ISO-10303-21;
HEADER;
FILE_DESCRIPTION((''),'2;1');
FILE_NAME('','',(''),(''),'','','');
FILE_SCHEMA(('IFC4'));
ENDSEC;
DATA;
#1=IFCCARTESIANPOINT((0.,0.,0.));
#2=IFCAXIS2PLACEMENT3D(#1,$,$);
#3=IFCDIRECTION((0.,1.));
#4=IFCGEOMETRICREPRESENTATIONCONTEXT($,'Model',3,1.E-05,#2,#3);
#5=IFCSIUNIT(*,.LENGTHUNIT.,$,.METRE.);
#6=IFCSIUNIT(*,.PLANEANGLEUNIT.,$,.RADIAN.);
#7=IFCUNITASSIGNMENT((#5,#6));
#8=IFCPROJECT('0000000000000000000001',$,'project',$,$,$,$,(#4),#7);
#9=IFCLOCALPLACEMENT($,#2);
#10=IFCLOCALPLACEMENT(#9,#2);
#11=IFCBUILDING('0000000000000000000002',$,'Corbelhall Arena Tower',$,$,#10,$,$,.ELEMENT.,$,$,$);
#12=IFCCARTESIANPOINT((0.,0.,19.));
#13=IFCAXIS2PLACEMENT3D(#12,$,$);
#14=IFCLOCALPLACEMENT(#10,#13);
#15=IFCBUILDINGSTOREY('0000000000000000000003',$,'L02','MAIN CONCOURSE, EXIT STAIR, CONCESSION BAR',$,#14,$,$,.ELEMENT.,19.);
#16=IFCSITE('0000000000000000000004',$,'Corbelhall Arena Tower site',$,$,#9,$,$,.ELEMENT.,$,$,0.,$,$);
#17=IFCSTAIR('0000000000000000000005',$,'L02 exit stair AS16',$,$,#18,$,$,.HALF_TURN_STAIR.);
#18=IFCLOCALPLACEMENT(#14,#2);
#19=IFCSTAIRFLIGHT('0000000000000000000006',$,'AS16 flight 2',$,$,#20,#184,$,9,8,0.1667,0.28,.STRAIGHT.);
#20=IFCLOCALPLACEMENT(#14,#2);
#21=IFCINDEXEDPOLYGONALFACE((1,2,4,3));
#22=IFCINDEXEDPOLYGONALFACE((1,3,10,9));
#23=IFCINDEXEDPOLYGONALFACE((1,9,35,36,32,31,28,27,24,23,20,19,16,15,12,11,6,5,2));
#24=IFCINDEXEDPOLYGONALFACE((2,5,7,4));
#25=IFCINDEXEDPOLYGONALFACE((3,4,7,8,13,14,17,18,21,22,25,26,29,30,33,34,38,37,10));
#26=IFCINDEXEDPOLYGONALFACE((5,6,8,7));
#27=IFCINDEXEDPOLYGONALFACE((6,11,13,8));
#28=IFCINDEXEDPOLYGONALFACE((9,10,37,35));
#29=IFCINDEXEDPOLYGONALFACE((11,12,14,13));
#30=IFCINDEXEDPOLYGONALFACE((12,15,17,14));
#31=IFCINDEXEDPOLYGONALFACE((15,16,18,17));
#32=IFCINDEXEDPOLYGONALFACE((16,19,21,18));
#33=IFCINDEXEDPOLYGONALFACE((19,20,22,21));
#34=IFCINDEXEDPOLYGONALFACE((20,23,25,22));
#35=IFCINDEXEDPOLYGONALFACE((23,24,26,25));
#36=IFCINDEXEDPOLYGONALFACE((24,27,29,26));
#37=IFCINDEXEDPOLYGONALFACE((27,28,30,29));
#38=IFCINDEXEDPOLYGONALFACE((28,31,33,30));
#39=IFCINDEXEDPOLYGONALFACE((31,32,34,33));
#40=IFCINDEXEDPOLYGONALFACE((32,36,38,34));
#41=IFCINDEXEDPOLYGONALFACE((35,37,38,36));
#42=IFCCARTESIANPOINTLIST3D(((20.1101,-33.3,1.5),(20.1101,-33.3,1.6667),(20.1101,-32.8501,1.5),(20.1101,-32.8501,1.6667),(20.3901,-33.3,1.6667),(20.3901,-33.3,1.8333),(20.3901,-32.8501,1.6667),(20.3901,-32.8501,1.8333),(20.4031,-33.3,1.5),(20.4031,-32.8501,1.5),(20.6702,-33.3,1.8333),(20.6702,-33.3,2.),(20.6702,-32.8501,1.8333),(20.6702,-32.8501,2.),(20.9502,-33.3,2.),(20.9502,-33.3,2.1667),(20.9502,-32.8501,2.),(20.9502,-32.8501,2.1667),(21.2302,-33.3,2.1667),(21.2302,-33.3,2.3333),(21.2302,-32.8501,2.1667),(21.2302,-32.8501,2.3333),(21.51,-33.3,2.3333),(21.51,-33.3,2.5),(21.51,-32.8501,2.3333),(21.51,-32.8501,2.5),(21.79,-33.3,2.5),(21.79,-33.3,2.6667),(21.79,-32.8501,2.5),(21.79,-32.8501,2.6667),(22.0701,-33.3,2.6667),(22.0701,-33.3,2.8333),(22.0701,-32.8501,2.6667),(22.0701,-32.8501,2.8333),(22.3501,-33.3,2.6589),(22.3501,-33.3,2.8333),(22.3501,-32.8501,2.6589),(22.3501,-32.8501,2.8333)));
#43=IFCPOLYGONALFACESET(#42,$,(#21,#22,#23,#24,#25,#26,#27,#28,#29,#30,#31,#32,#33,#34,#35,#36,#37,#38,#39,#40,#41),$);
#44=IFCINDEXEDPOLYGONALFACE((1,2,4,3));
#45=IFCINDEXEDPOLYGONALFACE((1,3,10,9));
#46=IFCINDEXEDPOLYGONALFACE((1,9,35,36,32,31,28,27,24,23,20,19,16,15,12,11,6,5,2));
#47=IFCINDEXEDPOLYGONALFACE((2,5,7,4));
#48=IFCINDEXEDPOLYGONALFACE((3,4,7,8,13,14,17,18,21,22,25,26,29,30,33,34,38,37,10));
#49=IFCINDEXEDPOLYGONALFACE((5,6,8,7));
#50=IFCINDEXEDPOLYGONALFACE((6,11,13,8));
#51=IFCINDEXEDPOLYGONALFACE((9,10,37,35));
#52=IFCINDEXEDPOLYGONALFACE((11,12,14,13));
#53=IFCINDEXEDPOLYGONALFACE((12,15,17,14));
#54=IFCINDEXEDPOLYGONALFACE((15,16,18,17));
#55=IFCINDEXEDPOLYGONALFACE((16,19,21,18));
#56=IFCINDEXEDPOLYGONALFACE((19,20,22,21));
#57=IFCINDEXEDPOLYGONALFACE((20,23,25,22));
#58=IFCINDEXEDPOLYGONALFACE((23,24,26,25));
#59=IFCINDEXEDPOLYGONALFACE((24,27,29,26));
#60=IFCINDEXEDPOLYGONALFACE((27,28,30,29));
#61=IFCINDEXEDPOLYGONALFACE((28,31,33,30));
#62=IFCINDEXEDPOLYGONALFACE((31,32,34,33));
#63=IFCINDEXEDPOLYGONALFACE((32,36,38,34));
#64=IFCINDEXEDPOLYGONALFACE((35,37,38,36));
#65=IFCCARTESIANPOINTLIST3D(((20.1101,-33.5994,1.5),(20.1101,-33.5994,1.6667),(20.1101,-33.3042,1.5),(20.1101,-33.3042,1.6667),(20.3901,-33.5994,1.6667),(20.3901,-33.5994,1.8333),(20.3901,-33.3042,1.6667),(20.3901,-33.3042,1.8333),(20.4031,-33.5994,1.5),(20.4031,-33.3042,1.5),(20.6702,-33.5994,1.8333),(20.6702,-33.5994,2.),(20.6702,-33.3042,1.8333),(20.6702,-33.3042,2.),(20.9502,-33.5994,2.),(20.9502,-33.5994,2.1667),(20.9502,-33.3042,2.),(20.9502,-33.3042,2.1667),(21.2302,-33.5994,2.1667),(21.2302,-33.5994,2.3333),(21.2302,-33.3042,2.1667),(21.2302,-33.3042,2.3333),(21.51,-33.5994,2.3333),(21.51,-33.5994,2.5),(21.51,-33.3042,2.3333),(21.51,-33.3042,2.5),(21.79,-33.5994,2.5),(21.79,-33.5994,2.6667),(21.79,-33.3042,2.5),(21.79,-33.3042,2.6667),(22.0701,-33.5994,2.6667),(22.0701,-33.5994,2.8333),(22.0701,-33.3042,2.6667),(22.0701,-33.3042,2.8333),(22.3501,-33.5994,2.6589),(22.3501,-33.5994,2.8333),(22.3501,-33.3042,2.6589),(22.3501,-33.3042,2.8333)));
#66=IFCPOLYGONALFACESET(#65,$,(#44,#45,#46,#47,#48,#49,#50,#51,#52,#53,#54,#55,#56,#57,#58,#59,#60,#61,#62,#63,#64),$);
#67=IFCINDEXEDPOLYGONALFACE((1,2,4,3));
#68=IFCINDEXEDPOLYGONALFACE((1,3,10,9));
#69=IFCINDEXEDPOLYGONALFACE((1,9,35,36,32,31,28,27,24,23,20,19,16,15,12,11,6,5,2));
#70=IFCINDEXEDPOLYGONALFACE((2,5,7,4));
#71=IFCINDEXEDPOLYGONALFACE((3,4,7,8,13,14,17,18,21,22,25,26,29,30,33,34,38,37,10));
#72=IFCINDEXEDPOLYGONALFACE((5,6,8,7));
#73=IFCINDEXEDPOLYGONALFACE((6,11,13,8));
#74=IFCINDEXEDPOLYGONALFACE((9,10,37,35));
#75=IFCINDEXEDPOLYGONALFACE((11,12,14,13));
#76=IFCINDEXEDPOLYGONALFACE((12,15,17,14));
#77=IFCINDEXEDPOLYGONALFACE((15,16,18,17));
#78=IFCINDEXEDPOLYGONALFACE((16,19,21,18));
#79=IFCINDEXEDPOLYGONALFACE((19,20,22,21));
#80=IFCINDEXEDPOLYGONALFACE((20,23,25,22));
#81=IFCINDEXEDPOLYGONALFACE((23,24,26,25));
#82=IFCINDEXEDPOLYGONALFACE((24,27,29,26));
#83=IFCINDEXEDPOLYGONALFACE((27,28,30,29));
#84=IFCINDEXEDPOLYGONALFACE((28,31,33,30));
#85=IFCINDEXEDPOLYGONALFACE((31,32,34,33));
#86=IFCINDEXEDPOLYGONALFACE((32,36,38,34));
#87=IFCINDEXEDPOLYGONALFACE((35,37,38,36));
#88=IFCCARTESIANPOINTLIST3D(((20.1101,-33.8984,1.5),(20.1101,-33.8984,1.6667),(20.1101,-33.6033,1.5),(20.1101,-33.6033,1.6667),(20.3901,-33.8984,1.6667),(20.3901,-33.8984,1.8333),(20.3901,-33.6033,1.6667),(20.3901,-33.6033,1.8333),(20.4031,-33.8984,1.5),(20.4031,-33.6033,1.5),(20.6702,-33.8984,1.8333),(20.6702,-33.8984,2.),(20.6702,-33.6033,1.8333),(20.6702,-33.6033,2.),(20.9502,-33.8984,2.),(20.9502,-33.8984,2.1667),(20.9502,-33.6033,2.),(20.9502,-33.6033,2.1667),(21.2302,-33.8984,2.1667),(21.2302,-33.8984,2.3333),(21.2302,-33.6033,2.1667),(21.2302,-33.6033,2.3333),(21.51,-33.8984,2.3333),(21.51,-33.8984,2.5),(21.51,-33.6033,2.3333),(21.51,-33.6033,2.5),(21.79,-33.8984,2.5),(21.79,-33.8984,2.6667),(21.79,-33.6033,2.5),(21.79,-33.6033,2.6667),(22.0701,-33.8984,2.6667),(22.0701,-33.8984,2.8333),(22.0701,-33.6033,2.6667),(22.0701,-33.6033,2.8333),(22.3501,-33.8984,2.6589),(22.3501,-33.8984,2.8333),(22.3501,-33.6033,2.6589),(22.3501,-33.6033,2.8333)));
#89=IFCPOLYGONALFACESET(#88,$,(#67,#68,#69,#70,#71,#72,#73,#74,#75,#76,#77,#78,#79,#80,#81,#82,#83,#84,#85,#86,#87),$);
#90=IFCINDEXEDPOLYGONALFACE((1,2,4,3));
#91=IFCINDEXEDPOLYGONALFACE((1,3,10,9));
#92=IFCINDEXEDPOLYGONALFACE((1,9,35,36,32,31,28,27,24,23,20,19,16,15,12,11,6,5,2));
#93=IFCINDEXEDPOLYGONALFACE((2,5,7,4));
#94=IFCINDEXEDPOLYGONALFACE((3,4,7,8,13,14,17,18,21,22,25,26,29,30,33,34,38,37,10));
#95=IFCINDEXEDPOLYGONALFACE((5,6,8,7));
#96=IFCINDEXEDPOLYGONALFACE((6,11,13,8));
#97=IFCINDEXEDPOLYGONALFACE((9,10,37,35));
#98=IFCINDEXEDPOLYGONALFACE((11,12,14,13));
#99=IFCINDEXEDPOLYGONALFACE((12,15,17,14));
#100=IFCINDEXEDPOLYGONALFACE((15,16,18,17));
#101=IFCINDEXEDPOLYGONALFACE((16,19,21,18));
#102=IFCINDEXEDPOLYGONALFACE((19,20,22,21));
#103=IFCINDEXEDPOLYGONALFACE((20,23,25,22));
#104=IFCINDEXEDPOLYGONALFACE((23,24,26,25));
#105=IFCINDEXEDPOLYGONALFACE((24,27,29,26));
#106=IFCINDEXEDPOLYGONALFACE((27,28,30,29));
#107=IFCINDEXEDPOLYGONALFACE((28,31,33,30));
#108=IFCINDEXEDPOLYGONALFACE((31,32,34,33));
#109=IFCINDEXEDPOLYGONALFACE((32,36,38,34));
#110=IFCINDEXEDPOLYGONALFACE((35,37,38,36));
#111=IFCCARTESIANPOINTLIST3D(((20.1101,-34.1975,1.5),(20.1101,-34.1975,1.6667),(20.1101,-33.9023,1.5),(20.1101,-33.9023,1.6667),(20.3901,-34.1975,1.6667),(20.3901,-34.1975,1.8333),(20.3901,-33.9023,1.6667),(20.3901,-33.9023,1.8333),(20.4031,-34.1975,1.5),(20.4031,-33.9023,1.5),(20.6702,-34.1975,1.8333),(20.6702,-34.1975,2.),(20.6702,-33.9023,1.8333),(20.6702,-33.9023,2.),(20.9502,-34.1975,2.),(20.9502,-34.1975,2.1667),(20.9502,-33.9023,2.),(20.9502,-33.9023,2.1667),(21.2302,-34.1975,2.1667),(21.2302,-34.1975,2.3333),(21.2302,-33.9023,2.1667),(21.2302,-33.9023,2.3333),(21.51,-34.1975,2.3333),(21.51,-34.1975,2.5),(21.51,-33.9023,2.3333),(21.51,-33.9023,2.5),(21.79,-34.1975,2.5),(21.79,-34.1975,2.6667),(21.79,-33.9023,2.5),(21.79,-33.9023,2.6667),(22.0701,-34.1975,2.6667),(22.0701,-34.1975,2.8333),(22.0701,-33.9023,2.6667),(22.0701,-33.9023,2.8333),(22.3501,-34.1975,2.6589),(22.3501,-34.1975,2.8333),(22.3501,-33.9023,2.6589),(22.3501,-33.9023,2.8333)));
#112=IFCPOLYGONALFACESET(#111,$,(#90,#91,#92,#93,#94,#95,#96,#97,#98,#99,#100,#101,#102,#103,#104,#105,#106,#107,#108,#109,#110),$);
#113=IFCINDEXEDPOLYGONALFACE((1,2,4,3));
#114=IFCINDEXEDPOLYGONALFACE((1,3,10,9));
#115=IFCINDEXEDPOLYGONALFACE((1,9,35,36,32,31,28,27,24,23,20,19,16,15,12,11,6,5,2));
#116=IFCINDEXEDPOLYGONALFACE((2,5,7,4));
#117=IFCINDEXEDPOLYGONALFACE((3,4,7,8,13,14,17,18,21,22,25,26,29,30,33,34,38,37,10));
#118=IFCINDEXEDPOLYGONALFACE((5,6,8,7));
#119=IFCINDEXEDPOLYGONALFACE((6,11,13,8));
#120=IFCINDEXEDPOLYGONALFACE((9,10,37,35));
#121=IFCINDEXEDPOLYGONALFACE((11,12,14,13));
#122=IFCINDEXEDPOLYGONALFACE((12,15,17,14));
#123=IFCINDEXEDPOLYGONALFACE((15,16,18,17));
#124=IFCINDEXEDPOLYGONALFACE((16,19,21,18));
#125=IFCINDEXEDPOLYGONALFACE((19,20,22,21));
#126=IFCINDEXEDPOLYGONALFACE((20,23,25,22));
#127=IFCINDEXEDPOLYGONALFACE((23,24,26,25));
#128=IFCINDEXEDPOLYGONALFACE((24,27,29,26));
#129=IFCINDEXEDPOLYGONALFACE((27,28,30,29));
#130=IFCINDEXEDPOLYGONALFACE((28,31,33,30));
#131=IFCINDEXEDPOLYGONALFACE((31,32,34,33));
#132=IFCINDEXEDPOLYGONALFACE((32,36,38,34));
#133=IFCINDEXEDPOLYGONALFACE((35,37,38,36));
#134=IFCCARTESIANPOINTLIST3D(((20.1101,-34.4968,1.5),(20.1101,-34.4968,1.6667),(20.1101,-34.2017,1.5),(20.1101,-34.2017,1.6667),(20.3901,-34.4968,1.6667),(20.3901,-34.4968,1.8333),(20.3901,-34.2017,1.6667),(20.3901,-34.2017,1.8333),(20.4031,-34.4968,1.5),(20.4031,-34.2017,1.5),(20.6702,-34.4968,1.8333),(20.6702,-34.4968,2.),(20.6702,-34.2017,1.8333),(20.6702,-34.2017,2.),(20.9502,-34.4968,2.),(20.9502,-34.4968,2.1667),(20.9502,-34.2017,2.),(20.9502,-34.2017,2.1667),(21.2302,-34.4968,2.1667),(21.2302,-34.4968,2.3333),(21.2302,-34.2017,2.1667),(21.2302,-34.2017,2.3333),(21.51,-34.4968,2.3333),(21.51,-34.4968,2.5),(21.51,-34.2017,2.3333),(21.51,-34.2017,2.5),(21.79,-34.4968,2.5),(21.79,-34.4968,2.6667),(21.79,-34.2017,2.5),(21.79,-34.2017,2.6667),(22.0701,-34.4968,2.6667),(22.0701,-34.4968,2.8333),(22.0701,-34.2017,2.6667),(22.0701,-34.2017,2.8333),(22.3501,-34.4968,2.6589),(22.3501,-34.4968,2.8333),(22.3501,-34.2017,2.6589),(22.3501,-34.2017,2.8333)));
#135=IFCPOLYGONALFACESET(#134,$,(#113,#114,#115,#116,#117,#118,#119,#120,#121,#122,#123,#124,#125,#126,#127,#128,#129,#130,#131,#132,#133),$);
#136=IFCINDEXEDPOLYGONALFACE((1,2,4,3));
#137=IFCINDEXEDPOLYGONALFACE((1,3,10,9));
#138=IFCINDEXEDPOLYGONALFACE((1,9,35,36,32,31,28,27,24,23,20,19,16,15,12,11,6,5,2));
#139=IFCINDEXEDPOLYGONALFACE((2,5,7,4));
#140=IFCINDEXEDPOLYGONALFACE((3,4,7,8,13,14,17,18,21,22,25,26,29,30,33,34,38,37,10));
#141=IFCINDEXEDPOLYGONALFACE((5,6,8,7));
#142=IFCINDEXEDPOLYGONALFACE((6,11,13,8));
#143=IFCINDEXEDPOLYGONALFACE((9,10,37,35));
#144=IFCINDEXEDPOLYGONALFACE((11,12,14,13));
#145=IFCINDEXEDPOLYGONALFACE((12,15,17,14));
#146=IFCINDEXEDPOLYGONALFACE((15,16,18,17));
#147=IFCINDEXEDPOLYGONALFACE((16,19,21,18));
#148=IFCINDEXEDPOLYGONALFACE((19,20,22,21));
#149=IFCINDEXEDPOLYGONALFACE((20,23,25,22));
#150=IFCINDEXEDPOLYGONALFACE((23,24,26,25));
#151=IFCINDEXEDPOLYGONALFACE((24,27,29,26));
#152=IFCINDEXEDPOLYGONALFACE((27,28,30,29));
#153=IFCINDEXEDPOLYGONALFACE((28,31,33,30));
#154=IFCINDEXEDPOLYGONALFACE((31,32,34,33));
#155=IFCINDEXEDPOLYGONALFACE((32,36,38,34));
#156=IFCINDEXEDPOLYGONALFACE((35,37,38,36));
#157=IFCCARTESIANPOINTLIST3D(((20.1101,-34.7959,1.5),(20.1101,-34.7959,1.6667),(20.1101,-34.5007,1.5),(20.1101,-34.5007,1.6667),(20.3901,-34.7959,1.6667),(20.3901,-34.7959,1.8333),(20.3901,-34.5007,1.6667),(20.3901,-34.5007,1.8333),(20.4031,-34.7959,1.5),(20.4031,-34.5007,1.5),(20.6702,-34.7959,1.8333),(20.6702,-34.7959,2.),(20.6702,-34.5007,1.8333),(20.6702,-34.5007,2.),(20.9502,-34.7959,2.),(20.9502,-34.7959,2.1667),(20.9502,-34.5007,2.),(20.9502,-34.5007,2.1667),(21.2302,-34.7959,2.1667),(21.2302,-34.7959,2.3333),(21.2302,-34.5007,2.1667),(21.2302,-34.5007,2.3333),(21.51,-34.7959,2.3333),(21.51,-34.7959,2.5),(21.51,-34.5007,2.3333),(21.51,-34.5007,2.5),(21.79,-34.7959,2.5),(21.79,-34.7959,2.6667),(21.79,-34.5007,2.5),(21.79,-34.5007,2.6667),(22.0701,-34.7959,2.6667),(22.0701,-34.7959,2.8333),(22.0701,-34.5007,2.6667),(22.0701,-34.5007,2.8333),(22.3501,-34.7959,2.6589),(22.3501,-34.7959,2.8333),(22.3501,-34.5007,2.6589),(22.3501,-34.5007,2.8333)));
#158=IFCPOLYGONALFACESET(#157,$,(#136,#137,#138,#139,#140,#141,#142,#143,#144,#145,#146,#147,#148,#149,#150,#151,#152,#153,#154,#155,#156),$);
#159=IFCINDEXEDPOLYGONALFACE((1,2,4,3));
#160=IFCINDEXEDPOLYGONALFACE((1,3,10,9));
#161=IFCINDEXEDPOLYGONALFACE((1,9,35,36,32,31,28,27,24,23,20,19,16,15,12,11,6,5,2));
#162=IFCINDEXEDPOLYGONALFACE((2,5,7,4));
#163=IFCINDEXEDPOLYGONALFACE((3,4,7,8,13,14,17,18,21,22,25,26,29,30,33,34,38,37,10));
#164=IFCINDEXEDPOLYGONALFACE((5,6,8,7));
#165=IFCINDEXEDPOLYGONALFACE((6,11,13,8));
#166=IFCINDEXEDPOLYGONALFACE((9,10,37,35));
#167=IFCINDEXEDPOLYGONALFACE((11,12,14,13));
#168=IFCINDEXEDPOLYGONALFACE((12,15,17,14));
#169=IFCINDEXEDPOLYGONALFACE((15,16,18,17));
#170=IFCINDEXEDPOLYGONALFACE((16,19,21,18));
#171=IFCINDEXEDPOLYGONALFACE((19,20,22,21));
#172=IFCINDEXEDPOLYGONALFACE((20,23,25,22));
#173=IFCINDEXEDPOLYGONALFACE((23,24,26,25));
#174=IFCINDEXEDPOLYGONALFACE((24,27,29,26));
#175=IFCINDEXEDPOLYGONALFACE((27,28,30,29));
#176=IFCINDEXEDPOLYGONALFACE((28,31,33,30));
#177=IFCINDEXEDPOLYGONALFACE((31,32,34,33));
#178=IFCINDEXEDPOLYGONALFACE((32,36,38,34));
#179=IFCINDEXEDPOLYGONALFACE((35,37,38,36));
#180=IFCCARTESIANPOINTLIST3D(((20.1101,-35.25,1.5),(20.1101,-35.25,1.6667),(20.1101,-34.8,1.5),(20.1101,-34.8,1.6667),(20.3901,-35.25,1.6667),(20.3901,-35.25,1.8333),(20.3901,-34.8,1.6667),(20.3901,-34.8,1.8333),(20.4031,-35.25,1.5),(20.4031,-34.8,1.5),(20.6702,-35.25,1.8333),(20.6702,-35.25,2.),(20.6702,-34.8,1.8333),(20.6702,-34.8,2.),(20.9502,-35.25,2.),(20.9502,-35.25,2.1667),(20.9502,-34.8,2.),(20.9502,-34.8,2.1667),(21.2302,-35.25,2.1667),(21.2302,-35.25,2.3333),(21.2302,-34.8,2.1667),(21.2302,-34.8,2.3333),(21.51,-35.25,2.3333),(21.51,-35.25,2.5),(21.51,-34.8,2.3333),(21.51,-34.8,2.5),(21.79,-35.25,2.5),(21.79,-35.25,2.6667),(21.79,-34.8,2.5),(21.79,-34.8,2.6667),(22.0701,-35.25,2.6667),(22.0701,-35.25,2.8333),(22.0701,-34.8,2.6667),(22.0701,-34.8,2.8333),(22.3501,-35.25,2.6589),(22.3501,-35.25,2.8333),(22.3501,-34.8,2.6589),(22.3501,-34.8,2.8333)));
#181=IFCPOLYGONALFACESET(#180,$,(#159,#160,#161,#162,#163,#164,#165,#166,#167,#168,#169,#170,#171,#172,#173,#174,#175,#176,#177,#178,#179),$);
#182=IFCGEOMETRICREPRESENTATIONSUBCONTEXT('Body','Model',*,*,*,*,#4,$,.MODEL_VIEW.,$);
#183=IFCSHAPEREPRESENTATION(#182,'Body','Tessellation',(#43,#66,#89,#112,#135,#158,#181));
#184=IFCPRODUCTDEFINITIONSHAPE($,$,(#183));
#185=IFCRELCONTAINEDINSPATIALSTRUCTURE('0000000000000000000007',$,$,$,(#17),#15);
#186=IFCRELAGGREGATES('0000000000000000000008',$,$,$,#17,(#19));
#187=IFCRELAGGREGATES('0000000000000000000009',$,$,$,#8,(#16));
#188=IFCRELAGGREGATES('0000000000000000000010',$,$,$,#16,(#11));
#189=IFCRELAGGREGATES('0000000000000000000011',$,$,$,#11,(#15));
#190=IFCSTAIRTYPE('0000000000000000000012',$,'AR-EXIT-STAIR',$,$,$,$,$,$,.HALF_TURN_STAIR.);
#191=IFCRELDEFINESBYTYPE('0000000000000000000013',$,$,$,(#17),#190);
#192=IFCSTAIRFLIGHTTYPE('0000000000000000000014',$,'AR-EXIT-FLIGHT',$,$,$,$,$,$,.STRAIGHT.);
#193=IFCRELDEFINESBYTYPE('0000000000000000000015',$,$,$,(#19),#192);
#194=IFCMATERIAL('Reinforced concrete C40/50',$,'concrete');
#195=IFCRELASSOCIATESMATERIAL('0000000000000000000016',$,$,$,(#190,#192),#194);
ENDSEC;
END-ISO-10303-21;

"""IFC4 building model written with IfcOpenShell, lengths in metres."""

from ifc_helpers import new_model, si_unit, direction, frame, origin, place, context, subcontext, project, spatial, polyline, outline, extrude, material, type_object, element, aggregate, save


model = new_model("IFC4")

# Units and contexts
model_context = context("Model", 3, precision=1e-05, world=origin(), true_north=direction((0.0, 1.0)))
body_context = subcontext(model_context, "Body", "Model", "MODEL_VIEW")
ifc_project = project(units=[si_unit("LENGTHUNIT", "METRE"), si_unit("PLANEANGLEUNIT", "RADIAN")], contexts=[model_context])

# Site, building, storey
site_placement = place(None, origin())
site = spatial("IfcSite", under=ifc_project, at=site_placement, Name="Corbelhall Arena Tower site", CompositionType="ELEMENT", RefElevation=0.0)
building_placement = place(site_placement, origin())
building = spatial("IfcBuilding", under=site, at=building_placement, Name="Corbelhall Arena Tower", CompositionType="ELEMENT")
storey_placement = place(building_placement, frame((0.0, 0.0, 19.0)))
storey = spatial("IfcBuildingStorey", under=building, at=storey_placement, Name="L02", Description="MAIN CONCOURSE, EXIT STAIR, CONCESSION BAR", CompositionType="ELEMENT", Elevation=19.0)

# Shared definitions
ifc_material_1 = material(Name="Reinforced concrete C40/50", Category="concrete")

# Stair, stair flight
stair_type = type_object("IfcStairType", Name="AR-EXIT-STAIR", PredefinedType="HALF_TURN_STAIR", material=ifc_material_1)
stair_flight_type = type_object("IfcStairFlightType", Name="AR-EXIT-FLIGHT", PredefinedType="STRAIGHT", material=ifc_material_1)
stair_1_placement = place(storey_placement, origin())
stair_1 = element("IfcStair", 1, at=stair_1_placement, inside=storey, type_object=stair_type, Name="L02 exit stair AS16", PredefinedType="HALF_TURN_STAIR")
stair_flight_1_placement = place(storey_placement, frame((20.1101, -34.05, 1.5), z_axis=(0.0, 0.0, 1.0), x_axis=(1.0, 0.0, 0.0)))
stair_flight_1 = element("IfcStairFlight", 2, at=stair_flight_1_placement, type_object=stair_flight_type, Name="AS16 flight 2", NumberOfRisers=9, NumberOfTreads=8, PredefinedType="STRAIGHT", RiserHeight=0.1667, TreadLength=0.28, context=body_context, shape_type="SweptSolid", body=[
    extrude(outline(polyline([(0.0, 0.0), (0.0, 0.1667), (0.28, 0.1667), (0.28, 0.3333), (0.5601, 0.3333), (0.5601, 0.5), (0.8401, 0.5), (0.8401, 0.6667), (1.1201, 0.6667), (1.1201, 0.8333), (1.3999, 0.8333), (1.3999, 1.0), (1.6799, 1.0), (1.6799, 1.1667), (1.96, 1.1667), (1.96, 1.3333), (2.24, 1.3333), (2.24, 1.5), (2.24, 1.1589), (0.293, 0.0), (0.0, 0.0)])), frame((0.0, 1.2, 0.0), z_axis=(0.0, -1.0, 0.0), x_axis=(1.0, 0.0, 0.0)), (0.0, 0.0, 1.0), 0.45),
    extrude(outline(polyline([(0.0, 0.0), (0.0, 0.1667), (0.28, 0.1667), (0.28, 0.3333), (0.5601, 0.3333), (0.5601, 0.5), (0.8401, 0.5), (0.8401, 0.6667), (1.1201, 0.6667), (1.1201, 0.8333), (1.3999, 0.8333), (1.3999, 1.0), (1.6799, 1.0), (1.6799, 1.1667), (1.96, 1.1667), (1.96, 1.3333), (2.24, 1.3333), (2.24, 1.5), (2.24, 1.1589), (0.293, 0.0), (0.0, 0.0)])), frame((0.0, 0.7458, 0.0), z_axis=(0.0, -1.0, 0.0), x_axis=(1.0, 0.0, 0.0)), (0.0, 0.0, 1.0), 0.2952),
    extrude(outline(polyline([(0.0, 0.0), (0.0, 0.1667), (0.28, 0.1667), (0.28, 0.3333), (0.5601, 0.3333), (0.5601, 0.5), (0.8401, 0.5), (0.8401, 0.6667), (1.1201, 0.6667), (1.1201, 0.8333), (1.3999, 0.8333), (1.3999, 1.0), (1.6799, 1.0), (1.6799, 1.1667), (1.96, 1.1667), (1.96, 1.3333), (2.24, 1.3333), (2.24, 1.5), (2.24, 1.1589), (0.293, 0.0), (0.0, 0.0)])), frame((0.0, 0.4468, 0.0), z_axis=(0.0, -1.0, 0.0), x_axis=(1.0, 0.0, 0.0)), (0.0, 0.0, 1.0), 0.2952),
    extrude(outline(polyline([(0.0, 0.0), (0.0, 0.1667), (0.28, 0.1667), (0.28, 0.3333), (0.5601, 0.3333), (0.5601, 0.5), (0.8401, 0.5), (0.8401, 0.6667), (1.1201, 0.6667), (1.1201, 0.8333), (1.3999, 0.8333), (1.3999, 1.0), (1.6799, 1.0), (1.6799, 1.1667), (1.96, 1.1667), (1.96, 1.3333), (2.24, 1.3333), (2.24, 1.5), (2.24, 1.1589), (0.293, 0.0), (0.0, 0.0)])), frame((0.0, 0.1477, 0.0), z_axis=(0.0, -1.0, 0.0), x_axis=(1.0, 0.0, 0.0)), (0.0, 0.0, 1.0), 0.2952),
    extrude(outline(polyline([(0.0, 0.0), (0.0, 0.1667), (0.28, 0.1667), (0.28, 0.3333), (0.5601, 0.3333), (0.5601, 0.5), (0.8401, 0.5), (0.8401, 0.6667), (1.1201, 0.6667), (1.1201, 0.8333), (1.3999, 0.8333), (1.3999, 1.0), (1.6799, 1.0), (1.6799, 1.1667), (1.96, 1.1667), (1.96, 1.3333), (2.24, 1.3333), (2.24, 1.5), (2.24, 1.1589), (0.293, 0.0), (0.0, 0.0)])), frame((0.0, -0.1516, 0.0), z_axis=(0.0, -1.0, 0.0), x_axis=(1.0, 0.0, 0.0)), (0.0, 0.0, 1.0), 0.2952),
    extrude(outline(polyline([(0.0, 0.0), (0.0, 0.1667), (0.28, 0.1667), (0.28, 0.3333), (0.5601, 0.3333), (0.5601, 0.5), (0.8401, 0.5), (0.8401, 0.6667), (1.1201, 0.6667), (1.1201, 0.8333), (1.3999, 0.8333), (1.3999, 1.0), (1.6799, 1.0), (1.6799, 1.1667), (1.96, 1.1667), (1.96, 1.3333), (2.24, 1.3333), (2.24, 1.5), (2.24, 1.1589), (0.293, 0.0), (0.0, 0.0)])), frame((0.0, -0.4507, 0.0), z_axis=(0.0, -1.0, 0.0), x_axis=(1.0, 0.0, 0.0)), (0.0, 0.0, 1.0), 0.2952),
    extrude(outline(polyline([(0.0, 0.0), (0.0, 0.1667), (0.28, 0.1667), (0.28, 0.3333), (0.5601, 0.3333), (0.5601, 0.5), (0.8401, 0.5), (0.8401, 0.6667), (1.1201, 0.6667), (1.1201, 0.8333), (1.3999, 0.8333), (1.3999, 1.0), (1.6799, 1.0), (1.6799, 1.1667), (1.96, 1.1667), (1.96, 1.3333), (2.24, 1.3333), (2.24, 1.5), (2.24, 1.1589), (0.293, 0.0), (0.0, 0.0)])), frame((0.0, -0.75, 0.0), z_axis=(0.0, -1.0, 0.0), x_axis=(1.0, 0.0, 0.0)), (0.0, 0.0, 1.0), 0.45),
])
aggregate(stair_1, [stair_flight_1])

save(model, "model.ifc")
